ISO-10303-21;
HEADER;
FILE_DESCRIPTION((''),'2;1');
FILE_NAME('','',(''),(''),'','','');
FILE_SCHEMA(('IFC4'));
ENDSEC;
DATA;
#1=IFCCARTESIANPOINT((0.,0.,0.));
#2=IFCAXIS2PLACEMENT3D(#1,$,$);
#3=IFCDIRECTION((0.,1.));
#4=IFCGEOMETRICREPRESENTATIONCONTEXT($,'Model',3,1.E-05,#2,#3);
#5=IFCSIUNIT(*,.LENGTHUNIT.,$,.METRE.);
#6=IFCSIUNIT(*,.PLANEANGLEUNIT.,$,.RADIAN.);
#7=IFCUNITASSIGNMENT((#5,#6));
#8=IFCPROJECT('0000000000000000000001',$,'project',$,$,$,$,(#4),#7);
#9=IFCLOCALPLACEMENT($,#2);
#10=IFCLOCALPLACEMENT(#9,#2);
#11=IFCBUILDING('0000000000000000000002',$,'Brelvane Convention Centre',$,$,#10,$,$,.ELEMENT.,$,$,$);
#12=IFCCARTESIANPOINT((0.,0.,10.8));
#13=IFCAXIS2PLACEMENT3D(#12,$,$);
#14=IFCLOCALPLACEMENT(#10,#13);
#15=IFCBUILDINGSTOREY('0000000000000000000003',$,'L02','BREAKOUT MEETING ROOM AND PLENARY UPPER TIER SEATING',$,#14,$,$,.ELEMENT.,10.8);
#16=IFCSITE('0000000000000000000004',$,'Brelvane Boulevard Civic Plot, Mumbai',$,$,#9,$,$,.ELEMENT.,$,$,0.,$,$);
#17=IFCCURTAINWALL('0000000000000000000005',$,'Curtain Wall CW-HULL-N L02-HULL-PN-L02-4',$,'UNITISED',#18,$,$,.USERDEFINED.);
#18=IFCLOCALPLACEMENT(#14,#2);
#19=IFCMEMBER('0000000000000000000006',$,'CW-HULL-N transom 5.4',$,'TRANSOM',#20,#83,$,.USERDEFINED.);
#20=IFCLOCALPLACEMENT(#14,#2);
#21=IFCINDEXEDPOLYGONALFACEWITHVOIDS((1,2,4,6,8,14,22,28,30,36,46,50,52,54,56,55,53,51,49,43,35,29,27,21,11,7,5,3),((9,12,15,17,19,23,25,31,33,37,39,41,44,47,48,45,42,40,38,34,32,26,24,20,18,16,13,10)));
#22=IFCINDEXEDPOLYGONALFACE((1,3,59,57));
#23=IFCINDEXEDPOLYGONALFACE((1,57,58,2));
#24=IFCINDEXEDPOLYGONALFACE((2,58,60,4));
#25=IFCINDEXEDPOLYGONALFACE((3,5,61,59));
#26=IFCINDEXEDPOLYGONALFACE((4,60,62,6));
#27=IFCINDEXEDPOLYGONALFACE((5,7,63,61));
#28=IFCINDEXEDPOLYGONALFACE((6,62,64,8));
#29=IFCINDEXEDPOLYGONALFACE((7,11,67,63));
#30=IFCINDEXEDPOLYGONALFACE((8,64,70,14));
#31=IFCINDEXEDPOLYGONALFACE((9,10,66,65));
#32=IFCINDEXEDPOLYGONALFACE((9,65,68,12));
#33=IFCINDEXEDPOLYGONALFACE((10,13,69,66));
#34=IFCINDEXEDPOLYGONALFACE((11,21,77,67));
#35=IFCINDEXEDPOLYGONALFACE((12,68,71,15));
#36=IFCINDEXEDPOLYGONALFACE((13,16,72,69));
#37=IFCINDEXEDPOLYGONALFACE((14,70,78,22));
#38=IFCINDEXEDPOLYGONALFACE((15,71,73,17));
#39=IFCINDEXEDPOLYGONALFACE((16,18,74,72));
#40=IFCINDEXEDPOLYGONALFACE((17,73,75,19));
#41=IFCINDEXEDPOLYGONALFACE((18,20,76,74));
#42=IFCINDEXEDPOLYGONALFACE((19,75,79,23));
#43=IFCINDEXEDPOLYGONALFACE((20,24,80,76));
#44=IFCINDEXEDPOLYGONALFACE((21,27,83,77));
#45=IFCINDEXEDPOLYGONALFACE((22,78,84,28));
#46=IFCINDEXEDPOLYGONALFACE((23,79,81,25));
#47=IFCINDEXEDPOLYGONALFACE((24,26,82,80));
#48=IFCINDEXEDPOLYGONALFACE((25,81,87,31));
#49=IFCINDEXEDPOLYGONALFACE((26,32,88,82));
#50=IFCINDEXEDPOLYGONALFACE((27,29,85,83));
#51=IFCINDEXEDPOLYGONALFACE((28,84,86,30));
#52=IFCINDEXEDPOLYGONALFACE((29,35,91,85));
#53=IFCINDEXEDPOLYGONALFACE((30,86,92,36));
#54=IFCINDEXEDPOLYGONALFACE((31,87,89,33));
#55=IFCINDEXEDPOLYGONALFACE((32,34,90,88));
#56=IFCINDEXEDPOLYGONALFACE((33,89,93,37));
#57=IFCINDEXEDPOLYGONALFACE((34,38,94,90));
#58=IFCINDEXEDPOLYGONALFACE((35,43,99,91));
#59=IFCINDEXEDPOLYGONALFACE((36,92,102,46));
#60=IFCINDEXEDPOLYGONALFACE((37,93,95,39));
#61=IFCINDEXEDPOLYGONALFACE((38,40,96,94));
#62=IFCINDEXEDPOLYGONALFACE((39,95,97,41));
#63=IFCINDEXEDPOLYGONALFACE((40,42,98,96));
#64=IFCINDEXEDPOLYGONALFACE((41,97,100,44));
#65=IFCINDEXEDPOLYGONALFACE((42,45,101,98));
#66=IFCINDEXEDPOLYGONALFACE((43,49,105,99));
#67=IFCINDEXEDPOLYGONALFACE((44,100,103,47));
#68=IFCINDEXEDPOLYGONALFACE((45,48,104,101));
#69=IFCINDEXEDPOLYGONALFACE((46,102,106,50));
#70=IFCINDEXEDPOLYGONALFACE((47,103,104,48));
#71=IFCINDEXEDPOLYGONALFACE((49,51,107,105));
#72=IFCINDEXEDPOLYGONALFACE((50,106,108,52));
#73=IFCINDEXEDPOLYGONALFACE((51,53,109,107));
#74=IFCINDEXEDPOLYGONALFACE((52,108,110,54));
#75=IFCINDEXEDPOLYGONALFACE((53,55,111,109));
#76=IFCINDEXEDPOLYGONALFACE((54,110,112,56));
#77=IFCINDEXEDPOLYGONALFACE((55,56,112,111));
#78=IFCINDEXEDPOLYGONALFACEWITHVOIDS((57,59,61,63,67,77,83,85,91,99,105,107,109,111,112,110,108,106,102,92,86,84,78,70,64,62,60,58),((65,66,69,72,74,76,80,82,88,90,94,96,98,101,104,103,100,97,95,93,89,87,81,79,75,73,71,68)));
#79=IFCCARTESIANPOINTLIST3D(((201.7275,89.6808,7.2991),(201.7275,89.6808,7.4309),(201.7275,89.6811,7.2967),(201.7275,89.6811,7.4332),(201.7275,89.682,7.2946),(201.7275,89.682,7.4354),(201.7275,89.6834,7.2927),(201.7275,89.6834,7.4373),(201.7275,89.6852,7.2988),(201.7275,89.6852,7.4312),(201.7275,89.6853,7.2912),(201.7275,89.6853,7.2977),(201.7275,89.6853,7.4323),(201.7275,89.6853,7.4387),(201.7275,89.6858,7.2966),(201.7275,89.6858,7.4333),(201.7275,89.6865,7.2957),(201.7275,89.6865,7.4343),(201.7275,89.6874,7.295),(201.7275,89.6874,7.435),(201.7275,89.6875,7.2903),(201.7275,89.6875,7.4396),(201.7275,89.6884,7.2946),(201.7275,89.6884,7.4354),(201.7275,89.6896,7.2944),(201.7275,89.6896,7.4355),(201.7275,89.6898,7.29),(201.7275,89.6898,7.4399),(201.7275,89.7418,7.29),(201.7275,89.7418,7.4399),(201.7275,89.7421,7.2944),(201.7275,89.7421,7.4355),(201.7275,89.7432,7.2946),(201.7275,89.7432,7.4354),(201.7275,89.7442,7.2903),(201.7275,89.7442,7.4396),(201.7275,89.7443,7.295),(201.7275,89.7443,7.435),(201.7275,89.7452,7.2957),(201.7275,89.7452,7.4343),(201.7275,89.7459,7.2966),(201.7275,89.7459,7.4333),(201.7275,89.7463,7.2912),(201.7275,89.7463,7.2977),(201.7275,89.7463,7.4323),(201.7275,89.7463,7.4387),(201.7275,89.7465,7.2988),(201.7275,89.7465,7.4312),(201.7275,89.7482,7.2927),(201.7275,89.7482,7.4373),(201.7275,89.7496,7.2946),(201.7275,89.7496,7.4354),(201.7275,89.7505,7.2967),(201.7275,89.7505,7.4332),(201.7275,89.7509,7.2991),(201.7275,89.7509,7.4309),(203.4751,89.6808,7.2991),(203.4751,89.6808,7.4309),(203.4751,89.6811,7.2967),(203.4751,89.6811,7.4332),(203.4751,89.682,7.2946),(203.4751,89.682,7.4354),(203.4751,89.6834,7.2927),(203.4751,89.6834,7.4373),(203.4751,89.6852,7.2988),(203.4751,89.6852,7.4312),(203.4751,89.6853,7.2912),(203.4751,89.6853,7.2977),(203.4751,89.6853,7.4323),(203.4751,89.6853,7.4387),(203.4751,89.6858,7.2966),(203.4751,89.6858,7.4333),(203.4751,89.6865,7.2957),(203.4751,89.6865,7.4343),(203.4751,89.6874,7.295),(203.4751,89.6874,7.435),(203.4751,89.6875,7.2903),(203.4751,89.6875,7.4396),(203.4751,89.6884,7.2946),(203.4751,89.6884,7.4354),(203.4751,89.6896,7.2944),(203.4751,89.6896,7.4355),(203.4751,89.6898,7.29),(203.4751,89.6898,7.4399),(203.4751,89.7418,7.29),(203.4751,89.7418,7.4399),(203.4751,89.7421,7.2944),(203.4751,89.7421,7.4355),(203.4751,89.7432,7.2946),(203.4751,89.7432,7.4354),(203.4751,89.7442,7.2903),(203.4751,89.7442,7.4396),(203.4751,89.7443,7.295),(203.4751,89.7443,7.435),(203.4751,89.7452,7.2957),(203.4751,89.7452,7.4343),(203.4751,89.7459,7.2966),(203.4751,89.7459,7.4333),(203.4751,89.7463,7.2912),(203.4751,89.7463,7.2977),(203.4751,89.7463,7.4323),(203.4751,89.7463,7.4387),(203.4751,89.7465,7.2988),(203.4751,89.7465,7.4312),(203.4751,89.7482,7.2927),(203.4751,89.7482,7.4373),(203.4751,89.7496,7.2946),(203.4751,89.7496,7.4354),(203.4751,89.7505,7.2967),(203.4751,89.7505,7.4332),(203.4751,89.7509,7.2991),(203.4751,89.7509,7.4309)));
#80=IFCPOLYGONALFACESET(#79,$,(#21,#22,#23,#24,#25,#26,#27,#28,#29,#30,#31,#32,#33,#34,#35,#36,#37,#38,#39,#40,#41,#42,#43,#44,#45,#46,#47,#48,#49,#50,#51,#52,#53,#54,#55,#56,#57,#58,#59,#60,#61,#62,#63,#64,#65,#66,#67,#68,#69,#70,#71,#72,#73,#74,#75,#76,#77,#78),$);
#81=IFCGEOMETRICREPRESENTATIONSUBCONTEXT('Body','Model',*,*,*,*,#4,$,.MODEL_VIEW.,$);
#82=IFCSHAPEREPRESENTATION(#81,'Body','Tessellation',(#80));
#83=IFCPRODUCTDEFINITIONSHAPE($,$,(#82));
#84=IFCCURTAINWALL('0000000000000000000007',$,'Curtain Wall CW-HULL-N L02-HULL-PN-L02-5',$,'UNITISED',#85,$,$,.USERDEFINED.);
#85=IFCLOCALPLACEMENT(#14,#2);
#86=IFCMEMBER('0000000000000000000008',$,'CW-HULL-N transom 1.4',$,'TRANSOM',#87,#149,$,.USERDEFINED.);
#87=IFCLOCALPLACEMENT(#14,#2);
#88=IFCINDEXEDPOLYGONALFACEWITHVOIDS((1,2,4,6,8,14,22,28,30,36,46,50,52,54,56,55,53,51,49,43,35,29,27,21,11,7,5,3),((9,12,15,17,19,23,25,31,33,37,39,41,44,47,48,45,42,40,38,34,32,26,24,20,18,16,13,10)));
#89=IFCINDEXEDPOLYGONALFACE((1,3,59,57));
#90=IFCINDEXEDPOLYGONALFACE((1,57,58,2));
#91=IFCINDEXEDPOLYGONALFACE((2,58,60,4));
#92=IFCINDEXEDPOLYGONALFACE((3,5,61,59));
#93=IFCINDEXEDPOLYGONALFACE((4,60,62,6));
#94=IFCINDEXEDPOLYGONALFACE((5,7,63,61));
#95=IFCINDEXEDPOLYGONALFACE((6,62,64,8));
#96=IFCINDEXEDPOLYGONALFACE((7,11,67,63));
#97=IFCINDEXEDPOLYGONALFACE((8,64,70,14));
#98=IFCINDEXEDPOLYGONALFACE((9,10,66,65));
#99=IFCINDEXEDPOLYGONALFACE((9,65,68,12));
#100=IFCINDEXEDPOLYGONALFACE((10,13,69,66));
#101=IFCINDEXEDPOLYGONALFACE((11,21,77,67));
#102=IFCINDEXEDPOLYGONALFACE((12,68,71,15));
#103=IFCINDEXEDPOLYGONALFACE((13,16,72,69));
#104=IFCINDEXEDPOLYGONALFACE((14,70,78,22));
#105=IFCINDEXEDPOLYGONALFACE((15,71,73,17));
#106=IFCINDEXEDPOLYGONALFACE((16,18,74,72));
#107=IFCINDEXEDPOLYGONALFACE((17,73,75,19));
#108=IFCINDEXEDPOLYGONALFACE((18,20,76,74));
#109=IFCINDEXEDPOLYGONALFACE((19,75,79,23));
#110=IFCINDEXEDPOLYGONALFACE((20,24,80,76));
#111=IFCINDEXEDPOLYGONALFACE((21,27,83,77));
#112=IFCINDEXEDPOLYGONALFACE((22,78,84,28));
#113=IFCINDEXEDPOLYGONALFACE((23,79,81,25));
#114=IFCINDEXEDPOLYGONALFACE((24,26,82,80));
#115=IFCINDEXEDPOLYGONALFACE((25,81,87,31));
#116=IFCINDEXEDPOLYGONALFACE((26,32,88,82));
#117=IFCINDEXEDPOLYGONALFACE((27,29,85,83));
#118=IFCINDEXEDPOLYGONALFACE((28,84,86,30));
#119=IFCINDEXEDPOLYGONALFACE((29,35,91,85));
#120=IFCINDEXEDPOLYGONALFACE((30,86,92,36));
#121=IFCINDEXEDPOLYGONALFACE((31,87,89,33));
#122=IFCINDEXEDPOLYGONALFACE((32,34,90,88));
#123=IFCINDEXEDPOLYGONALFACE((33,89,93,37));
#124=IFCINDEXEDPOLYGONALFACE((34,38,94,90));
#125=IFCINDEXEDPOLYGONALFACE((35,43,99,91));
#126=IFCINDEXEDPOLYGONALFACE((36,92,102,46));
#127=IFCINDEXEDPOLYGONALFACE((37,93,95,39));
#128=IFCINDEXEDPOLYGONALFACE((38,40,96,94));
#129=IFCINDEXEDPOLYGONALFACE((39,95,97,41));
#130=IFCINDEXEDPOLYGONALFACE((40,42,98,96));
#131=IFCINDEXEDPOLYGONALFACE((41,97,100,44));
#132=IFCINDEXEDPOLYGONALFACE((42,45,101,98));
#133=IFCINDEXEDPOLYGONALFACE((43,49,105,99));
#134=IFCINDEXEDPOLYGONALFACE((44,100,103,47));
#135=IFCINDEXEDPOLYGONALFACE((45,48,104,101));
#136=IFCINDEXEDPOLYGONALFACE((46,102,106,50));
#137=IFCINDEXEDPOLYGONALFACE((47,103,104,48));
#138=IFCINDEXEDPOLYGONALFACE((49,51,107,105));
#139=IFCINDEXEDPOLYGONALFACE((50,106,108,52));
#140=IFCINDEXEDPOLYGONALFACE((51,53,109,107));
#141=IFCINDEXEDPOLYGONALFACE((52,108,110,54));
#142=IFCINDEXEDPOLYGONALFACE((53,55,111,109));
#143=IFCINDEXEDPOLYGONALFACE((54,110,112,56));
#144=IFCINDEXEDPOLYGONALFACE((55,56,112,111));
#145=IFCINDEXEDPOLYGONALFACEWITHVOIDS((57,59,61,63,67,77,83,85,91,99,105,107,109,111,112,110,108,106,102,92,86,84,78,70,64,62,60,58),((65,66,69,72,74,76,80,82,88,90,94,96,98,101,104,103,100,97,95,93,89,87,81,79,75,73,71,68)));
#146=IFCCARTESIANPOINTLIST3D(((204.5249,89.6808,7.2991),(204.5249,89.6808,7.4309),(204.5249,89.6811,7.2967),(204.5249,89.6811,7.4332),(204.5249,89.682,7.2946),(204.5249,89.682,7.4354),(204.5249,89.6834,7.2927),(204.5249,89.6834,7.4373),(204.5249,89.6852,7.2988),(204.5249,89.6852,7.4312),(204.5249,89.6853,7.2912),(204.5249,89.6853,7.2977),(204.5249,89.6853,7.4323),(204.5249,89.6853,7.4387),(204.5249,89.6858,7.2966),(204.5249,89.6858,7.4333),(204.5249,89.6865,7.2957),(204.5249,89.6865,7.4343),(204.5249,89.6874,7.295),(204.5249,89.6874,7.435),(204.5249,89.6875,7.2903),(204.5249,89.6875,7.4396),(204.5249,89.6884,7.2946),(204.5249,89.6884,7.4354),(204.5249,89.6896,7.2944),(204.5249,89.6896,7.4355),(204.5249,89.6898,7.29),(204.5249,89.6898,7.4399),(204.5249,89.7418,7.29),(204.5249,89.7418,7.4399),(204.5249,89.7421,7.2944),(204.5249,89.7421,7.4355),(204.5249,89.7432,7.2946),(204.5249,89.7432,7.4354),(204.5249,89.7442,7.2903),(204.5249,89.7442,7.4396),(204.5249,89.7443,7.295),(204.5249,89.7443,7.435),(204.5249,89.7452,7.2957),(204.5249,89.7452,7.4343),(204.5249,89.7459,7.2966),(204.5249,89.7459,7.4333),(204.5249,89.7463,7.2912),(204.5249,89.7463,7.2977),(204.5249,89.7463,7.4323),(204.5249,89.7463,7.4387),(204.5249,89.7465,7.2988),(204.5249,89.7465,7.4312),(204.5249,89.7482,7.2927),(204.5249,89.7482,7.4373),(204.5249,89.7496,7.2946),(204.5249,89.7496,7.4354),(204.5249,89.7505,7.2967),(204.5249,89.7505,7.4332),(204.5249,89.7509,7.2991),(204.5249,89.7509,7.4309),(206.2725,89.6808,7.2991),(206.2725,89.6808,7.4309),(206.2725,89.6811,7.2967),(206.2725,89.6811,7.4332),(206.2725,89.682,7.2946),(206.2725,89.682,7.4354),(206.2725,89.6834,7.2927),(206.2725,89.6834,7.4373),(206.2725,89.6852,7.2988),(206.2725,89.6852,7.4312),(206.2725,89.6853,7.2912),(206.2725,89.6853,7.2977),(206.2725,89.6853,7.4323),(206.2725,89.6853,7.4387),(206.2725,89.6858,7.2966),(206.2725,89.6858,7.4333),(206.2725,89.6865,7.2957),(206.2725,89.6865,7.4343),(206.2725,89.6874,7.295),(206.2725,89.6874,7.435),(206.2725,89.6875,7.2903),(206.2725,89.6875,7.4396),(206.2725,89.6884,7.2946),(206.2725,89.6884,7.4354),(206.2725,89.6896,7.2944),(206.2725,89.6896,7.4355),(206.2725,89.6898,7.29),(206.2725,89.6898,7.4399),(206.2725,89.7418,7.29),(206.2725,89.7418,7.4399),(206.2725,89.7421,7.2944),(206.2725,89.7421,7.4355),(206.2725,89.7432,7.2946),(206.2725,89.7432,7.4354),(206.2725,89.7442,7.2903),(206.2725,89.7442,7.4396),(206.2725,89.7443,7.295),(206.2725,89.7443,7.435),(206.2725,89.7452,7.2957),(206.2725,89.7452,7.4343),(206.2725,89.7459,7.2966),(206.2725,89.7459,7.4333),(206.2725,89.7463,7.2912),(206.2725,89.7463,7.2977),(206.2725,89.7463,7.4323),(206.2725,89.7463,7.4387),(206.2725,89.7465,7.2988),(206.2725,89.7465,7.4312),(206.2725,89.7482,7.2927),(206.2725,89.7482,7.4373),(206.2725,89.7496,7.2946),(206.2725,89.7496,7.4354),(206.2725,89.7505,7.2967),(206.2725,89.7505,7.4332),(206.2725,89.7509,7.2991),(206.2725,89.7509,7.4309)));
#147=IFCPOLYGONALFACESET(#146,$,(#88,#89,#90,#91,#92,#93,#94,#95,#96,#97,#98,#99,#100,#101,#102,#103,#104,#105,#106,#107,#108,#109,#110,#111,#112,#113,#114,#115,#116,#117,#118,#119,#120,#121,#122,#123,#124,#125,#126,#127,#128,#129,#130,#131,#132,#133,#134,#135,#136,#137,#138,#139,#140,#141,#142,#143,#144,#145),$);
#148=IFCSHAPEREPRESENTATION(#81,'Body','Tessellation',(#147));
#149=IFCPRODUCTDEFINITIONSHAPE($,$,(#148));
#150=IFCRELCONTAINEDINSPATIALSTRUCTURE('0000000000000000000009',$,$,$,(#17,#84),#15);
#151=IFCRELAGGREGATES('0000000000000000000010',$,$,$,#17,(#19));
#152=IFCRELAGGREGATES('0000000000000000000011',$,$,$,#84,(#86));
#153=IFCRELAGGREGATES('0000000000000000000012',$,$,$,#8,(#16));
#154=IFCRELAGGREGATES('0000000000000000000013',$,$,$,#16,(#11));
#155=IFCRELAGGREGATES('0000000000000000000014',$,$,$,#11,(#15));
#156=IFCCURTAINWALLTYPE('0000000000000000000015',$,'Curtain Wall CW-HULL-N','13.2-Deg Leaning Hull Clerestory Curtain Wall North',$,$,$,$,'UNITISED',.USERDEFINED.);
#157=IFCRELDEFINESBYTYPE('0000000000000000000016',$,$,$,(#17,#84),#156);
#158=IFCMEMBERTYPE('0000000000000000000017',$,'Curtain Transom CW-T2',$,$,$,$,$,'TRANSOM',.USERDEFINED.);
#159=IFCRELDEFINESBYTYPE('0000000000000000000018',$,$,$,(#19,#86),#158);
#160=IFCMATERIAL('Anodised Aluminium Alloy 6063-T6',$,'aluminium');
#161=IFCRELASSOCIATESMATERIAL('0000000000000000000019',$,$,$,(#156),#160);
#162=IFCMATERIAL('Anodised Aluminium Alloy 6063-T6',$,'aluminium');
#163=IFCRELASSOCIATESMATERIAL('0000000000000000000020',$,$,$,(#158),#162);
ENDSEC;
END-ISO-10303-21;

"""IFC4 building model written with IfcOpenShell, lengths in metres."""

from ifc_helpers import new_model, si_unit, direction, frame, origin, origin_2d, place, context, subcontext, project, spatial, hollow_rectangle, extrude, material, material_profile, profile_set, type_object, element, aggregate, save


model = new_model("IFC4")

# Units and contexts
model_context = context("Model", 3, precision=1e-05, world=origin(), true_north=direction((0.0, 1.0)))
body_context = subcontext(model_context, "Body", "Model", "MODEL_VIEW")
ifc_project = project(units=[si_unit("LENGTHUNIT", "METRE"), si_unit("PLANEANGLEUNIT", "RADIAN")], contexts=[model_context])

# Site, building, storey
site_placement = place(None, origin())
site = spatial("IfcSite", under=ifc_project, at=site_placement, Name="Brelvane Boulevard Civic Plot, Mumbai", CompositionType="ELEMENT", RefElevation=0.0)
building_placement = place(site_placement, origin())
building = spatial("IfcBuilding", under=site, at=building_placement, Name="Brelvane Convention Centre", CompositionType="ELEMENT")
storey_placement = place(building_placement, frame((0.0, 0.0, 10.8)))
storey = spatial("IfcBuildingStorey", under=building, at=storey_placement, Name="L02", Description="BREAKOUT MEETING ROOM AND PLENARY UPPER TIER SEATING", CompositionType="ELEMENT", Elevation=10.8)

# Curtain walls, members
ifc_material_1 = material(Name="Anodised Aluminium Alloy 6063-T6", Category="aluminium")
curtain_wall_type = type_object("IfcCurtainWallType", Name="Curtain Wall CW-HULL-N", Description="13.2-Deg Leaning Hull Clerestory Curtain Wall North", ElementType="UNITISED", PredefinedType="USERDEFINED", material=ifc_material_1)
ifc_material_2 = material(Name="Anodised Aluminium Alloy 6063-T6", Category="aluminium")
ifc_material_profile_1 = material_profile(ifc_material_2, hollow_rectangle(XDim=0.0701, YDim=0.1499, WallThickness=0.0044, InnerFilletRadius=0.0044, OuterFilletRadius=0.009, at=origin_2d()), Name="ALU-T 150x70x4.5")
ifc_profile_set_1 = profile_set([ifc_material_profile_1], Name="Anodised Aluminium Alloy 6063-T6")
member_type = type_object("IfcMemberType", Name="Curtain Transom CW-T2", ElementType="TRANSOM", PredefinedType="USERDEFINED", material=ifc_profile_set_1)
curtain_wall_1_placement = place(storey_placement, origin())
curtain_wall_1 = element("IfcCurtainWall", 1, at=curtain_wall_1_placement, inside=storey, type_object=curtain_wall_type, Name="Curtain Wall CW-HULL-N L02-HULL-PN-L02-4", ObjectType="UNITISED", PredefinedType="USERDEFINED")
member_1_placement = place(storey_placement, frame((201.7275, 89.7158, 7.365), z_axis=(1.0, 0.0, 0.0), x_axis=(0.0, 1.0, 0.0)))
member_1 = element("IfcMember", 2, at=member_1_placement, type_object=member_type, Name="CW-HULL-N transom 5.4", ObjectType="TRANSOM", PredefinedType="USERDEFINED", context=body_context, shape_type="SweptSolid", body=[
    extrude(hollow_rectangle(XDim=0.0701, YDim=0.1499, WallThickness=0.0044, InnerFilletRadius=0.0044, OuterFilletRadius=0.009, at=origin_2d()), origin(), (0.0, 0.0, 1.0), 1.7476),
])
curtain_wall_2_placement = place(storey_placement, origin())
curtain_wall_2 = element("IfcCurtainWall", 3, at=curtain_wall_2_placement, inside=storey, type_object=curtain_wall_type, Name="Curtain Wall CW-HULL-N L02-HULL-PN-L02-5", ObjectType="UNITISED", PredefinedType="USERDEFINED")
member_2_placement = place(storey_placement, frame((204.5249, 89.7158, 7.365), z_axis=(1.0, 0.0, 0.0), x_axis=(0.0, 1.0, 0.0)))
member_2 = element("IfcMember", 4, at=member_2_placement, type_object=member_type, Name="CW-HULL-N transom 1.4", ObjectType="TRANSOM", PredefinedType="USERDEFINED", context=body_context, shape_type="SweptSolid", body=[
    extrude(hollow_rectangle(XDim=0.0701, YDim=0.1499, WallThickness=0.0044, InnerFilletRadius=0.0044, OuterFilletRadius=0.009, at=origin_2d()), origin(), (0.0, 0.0, 1.0), 1.7476),
])

aggregate(curtain_wall_1, [member_1])
aggregate(curtain_wall_2, [member_2])

save(model, "model.ifc")
